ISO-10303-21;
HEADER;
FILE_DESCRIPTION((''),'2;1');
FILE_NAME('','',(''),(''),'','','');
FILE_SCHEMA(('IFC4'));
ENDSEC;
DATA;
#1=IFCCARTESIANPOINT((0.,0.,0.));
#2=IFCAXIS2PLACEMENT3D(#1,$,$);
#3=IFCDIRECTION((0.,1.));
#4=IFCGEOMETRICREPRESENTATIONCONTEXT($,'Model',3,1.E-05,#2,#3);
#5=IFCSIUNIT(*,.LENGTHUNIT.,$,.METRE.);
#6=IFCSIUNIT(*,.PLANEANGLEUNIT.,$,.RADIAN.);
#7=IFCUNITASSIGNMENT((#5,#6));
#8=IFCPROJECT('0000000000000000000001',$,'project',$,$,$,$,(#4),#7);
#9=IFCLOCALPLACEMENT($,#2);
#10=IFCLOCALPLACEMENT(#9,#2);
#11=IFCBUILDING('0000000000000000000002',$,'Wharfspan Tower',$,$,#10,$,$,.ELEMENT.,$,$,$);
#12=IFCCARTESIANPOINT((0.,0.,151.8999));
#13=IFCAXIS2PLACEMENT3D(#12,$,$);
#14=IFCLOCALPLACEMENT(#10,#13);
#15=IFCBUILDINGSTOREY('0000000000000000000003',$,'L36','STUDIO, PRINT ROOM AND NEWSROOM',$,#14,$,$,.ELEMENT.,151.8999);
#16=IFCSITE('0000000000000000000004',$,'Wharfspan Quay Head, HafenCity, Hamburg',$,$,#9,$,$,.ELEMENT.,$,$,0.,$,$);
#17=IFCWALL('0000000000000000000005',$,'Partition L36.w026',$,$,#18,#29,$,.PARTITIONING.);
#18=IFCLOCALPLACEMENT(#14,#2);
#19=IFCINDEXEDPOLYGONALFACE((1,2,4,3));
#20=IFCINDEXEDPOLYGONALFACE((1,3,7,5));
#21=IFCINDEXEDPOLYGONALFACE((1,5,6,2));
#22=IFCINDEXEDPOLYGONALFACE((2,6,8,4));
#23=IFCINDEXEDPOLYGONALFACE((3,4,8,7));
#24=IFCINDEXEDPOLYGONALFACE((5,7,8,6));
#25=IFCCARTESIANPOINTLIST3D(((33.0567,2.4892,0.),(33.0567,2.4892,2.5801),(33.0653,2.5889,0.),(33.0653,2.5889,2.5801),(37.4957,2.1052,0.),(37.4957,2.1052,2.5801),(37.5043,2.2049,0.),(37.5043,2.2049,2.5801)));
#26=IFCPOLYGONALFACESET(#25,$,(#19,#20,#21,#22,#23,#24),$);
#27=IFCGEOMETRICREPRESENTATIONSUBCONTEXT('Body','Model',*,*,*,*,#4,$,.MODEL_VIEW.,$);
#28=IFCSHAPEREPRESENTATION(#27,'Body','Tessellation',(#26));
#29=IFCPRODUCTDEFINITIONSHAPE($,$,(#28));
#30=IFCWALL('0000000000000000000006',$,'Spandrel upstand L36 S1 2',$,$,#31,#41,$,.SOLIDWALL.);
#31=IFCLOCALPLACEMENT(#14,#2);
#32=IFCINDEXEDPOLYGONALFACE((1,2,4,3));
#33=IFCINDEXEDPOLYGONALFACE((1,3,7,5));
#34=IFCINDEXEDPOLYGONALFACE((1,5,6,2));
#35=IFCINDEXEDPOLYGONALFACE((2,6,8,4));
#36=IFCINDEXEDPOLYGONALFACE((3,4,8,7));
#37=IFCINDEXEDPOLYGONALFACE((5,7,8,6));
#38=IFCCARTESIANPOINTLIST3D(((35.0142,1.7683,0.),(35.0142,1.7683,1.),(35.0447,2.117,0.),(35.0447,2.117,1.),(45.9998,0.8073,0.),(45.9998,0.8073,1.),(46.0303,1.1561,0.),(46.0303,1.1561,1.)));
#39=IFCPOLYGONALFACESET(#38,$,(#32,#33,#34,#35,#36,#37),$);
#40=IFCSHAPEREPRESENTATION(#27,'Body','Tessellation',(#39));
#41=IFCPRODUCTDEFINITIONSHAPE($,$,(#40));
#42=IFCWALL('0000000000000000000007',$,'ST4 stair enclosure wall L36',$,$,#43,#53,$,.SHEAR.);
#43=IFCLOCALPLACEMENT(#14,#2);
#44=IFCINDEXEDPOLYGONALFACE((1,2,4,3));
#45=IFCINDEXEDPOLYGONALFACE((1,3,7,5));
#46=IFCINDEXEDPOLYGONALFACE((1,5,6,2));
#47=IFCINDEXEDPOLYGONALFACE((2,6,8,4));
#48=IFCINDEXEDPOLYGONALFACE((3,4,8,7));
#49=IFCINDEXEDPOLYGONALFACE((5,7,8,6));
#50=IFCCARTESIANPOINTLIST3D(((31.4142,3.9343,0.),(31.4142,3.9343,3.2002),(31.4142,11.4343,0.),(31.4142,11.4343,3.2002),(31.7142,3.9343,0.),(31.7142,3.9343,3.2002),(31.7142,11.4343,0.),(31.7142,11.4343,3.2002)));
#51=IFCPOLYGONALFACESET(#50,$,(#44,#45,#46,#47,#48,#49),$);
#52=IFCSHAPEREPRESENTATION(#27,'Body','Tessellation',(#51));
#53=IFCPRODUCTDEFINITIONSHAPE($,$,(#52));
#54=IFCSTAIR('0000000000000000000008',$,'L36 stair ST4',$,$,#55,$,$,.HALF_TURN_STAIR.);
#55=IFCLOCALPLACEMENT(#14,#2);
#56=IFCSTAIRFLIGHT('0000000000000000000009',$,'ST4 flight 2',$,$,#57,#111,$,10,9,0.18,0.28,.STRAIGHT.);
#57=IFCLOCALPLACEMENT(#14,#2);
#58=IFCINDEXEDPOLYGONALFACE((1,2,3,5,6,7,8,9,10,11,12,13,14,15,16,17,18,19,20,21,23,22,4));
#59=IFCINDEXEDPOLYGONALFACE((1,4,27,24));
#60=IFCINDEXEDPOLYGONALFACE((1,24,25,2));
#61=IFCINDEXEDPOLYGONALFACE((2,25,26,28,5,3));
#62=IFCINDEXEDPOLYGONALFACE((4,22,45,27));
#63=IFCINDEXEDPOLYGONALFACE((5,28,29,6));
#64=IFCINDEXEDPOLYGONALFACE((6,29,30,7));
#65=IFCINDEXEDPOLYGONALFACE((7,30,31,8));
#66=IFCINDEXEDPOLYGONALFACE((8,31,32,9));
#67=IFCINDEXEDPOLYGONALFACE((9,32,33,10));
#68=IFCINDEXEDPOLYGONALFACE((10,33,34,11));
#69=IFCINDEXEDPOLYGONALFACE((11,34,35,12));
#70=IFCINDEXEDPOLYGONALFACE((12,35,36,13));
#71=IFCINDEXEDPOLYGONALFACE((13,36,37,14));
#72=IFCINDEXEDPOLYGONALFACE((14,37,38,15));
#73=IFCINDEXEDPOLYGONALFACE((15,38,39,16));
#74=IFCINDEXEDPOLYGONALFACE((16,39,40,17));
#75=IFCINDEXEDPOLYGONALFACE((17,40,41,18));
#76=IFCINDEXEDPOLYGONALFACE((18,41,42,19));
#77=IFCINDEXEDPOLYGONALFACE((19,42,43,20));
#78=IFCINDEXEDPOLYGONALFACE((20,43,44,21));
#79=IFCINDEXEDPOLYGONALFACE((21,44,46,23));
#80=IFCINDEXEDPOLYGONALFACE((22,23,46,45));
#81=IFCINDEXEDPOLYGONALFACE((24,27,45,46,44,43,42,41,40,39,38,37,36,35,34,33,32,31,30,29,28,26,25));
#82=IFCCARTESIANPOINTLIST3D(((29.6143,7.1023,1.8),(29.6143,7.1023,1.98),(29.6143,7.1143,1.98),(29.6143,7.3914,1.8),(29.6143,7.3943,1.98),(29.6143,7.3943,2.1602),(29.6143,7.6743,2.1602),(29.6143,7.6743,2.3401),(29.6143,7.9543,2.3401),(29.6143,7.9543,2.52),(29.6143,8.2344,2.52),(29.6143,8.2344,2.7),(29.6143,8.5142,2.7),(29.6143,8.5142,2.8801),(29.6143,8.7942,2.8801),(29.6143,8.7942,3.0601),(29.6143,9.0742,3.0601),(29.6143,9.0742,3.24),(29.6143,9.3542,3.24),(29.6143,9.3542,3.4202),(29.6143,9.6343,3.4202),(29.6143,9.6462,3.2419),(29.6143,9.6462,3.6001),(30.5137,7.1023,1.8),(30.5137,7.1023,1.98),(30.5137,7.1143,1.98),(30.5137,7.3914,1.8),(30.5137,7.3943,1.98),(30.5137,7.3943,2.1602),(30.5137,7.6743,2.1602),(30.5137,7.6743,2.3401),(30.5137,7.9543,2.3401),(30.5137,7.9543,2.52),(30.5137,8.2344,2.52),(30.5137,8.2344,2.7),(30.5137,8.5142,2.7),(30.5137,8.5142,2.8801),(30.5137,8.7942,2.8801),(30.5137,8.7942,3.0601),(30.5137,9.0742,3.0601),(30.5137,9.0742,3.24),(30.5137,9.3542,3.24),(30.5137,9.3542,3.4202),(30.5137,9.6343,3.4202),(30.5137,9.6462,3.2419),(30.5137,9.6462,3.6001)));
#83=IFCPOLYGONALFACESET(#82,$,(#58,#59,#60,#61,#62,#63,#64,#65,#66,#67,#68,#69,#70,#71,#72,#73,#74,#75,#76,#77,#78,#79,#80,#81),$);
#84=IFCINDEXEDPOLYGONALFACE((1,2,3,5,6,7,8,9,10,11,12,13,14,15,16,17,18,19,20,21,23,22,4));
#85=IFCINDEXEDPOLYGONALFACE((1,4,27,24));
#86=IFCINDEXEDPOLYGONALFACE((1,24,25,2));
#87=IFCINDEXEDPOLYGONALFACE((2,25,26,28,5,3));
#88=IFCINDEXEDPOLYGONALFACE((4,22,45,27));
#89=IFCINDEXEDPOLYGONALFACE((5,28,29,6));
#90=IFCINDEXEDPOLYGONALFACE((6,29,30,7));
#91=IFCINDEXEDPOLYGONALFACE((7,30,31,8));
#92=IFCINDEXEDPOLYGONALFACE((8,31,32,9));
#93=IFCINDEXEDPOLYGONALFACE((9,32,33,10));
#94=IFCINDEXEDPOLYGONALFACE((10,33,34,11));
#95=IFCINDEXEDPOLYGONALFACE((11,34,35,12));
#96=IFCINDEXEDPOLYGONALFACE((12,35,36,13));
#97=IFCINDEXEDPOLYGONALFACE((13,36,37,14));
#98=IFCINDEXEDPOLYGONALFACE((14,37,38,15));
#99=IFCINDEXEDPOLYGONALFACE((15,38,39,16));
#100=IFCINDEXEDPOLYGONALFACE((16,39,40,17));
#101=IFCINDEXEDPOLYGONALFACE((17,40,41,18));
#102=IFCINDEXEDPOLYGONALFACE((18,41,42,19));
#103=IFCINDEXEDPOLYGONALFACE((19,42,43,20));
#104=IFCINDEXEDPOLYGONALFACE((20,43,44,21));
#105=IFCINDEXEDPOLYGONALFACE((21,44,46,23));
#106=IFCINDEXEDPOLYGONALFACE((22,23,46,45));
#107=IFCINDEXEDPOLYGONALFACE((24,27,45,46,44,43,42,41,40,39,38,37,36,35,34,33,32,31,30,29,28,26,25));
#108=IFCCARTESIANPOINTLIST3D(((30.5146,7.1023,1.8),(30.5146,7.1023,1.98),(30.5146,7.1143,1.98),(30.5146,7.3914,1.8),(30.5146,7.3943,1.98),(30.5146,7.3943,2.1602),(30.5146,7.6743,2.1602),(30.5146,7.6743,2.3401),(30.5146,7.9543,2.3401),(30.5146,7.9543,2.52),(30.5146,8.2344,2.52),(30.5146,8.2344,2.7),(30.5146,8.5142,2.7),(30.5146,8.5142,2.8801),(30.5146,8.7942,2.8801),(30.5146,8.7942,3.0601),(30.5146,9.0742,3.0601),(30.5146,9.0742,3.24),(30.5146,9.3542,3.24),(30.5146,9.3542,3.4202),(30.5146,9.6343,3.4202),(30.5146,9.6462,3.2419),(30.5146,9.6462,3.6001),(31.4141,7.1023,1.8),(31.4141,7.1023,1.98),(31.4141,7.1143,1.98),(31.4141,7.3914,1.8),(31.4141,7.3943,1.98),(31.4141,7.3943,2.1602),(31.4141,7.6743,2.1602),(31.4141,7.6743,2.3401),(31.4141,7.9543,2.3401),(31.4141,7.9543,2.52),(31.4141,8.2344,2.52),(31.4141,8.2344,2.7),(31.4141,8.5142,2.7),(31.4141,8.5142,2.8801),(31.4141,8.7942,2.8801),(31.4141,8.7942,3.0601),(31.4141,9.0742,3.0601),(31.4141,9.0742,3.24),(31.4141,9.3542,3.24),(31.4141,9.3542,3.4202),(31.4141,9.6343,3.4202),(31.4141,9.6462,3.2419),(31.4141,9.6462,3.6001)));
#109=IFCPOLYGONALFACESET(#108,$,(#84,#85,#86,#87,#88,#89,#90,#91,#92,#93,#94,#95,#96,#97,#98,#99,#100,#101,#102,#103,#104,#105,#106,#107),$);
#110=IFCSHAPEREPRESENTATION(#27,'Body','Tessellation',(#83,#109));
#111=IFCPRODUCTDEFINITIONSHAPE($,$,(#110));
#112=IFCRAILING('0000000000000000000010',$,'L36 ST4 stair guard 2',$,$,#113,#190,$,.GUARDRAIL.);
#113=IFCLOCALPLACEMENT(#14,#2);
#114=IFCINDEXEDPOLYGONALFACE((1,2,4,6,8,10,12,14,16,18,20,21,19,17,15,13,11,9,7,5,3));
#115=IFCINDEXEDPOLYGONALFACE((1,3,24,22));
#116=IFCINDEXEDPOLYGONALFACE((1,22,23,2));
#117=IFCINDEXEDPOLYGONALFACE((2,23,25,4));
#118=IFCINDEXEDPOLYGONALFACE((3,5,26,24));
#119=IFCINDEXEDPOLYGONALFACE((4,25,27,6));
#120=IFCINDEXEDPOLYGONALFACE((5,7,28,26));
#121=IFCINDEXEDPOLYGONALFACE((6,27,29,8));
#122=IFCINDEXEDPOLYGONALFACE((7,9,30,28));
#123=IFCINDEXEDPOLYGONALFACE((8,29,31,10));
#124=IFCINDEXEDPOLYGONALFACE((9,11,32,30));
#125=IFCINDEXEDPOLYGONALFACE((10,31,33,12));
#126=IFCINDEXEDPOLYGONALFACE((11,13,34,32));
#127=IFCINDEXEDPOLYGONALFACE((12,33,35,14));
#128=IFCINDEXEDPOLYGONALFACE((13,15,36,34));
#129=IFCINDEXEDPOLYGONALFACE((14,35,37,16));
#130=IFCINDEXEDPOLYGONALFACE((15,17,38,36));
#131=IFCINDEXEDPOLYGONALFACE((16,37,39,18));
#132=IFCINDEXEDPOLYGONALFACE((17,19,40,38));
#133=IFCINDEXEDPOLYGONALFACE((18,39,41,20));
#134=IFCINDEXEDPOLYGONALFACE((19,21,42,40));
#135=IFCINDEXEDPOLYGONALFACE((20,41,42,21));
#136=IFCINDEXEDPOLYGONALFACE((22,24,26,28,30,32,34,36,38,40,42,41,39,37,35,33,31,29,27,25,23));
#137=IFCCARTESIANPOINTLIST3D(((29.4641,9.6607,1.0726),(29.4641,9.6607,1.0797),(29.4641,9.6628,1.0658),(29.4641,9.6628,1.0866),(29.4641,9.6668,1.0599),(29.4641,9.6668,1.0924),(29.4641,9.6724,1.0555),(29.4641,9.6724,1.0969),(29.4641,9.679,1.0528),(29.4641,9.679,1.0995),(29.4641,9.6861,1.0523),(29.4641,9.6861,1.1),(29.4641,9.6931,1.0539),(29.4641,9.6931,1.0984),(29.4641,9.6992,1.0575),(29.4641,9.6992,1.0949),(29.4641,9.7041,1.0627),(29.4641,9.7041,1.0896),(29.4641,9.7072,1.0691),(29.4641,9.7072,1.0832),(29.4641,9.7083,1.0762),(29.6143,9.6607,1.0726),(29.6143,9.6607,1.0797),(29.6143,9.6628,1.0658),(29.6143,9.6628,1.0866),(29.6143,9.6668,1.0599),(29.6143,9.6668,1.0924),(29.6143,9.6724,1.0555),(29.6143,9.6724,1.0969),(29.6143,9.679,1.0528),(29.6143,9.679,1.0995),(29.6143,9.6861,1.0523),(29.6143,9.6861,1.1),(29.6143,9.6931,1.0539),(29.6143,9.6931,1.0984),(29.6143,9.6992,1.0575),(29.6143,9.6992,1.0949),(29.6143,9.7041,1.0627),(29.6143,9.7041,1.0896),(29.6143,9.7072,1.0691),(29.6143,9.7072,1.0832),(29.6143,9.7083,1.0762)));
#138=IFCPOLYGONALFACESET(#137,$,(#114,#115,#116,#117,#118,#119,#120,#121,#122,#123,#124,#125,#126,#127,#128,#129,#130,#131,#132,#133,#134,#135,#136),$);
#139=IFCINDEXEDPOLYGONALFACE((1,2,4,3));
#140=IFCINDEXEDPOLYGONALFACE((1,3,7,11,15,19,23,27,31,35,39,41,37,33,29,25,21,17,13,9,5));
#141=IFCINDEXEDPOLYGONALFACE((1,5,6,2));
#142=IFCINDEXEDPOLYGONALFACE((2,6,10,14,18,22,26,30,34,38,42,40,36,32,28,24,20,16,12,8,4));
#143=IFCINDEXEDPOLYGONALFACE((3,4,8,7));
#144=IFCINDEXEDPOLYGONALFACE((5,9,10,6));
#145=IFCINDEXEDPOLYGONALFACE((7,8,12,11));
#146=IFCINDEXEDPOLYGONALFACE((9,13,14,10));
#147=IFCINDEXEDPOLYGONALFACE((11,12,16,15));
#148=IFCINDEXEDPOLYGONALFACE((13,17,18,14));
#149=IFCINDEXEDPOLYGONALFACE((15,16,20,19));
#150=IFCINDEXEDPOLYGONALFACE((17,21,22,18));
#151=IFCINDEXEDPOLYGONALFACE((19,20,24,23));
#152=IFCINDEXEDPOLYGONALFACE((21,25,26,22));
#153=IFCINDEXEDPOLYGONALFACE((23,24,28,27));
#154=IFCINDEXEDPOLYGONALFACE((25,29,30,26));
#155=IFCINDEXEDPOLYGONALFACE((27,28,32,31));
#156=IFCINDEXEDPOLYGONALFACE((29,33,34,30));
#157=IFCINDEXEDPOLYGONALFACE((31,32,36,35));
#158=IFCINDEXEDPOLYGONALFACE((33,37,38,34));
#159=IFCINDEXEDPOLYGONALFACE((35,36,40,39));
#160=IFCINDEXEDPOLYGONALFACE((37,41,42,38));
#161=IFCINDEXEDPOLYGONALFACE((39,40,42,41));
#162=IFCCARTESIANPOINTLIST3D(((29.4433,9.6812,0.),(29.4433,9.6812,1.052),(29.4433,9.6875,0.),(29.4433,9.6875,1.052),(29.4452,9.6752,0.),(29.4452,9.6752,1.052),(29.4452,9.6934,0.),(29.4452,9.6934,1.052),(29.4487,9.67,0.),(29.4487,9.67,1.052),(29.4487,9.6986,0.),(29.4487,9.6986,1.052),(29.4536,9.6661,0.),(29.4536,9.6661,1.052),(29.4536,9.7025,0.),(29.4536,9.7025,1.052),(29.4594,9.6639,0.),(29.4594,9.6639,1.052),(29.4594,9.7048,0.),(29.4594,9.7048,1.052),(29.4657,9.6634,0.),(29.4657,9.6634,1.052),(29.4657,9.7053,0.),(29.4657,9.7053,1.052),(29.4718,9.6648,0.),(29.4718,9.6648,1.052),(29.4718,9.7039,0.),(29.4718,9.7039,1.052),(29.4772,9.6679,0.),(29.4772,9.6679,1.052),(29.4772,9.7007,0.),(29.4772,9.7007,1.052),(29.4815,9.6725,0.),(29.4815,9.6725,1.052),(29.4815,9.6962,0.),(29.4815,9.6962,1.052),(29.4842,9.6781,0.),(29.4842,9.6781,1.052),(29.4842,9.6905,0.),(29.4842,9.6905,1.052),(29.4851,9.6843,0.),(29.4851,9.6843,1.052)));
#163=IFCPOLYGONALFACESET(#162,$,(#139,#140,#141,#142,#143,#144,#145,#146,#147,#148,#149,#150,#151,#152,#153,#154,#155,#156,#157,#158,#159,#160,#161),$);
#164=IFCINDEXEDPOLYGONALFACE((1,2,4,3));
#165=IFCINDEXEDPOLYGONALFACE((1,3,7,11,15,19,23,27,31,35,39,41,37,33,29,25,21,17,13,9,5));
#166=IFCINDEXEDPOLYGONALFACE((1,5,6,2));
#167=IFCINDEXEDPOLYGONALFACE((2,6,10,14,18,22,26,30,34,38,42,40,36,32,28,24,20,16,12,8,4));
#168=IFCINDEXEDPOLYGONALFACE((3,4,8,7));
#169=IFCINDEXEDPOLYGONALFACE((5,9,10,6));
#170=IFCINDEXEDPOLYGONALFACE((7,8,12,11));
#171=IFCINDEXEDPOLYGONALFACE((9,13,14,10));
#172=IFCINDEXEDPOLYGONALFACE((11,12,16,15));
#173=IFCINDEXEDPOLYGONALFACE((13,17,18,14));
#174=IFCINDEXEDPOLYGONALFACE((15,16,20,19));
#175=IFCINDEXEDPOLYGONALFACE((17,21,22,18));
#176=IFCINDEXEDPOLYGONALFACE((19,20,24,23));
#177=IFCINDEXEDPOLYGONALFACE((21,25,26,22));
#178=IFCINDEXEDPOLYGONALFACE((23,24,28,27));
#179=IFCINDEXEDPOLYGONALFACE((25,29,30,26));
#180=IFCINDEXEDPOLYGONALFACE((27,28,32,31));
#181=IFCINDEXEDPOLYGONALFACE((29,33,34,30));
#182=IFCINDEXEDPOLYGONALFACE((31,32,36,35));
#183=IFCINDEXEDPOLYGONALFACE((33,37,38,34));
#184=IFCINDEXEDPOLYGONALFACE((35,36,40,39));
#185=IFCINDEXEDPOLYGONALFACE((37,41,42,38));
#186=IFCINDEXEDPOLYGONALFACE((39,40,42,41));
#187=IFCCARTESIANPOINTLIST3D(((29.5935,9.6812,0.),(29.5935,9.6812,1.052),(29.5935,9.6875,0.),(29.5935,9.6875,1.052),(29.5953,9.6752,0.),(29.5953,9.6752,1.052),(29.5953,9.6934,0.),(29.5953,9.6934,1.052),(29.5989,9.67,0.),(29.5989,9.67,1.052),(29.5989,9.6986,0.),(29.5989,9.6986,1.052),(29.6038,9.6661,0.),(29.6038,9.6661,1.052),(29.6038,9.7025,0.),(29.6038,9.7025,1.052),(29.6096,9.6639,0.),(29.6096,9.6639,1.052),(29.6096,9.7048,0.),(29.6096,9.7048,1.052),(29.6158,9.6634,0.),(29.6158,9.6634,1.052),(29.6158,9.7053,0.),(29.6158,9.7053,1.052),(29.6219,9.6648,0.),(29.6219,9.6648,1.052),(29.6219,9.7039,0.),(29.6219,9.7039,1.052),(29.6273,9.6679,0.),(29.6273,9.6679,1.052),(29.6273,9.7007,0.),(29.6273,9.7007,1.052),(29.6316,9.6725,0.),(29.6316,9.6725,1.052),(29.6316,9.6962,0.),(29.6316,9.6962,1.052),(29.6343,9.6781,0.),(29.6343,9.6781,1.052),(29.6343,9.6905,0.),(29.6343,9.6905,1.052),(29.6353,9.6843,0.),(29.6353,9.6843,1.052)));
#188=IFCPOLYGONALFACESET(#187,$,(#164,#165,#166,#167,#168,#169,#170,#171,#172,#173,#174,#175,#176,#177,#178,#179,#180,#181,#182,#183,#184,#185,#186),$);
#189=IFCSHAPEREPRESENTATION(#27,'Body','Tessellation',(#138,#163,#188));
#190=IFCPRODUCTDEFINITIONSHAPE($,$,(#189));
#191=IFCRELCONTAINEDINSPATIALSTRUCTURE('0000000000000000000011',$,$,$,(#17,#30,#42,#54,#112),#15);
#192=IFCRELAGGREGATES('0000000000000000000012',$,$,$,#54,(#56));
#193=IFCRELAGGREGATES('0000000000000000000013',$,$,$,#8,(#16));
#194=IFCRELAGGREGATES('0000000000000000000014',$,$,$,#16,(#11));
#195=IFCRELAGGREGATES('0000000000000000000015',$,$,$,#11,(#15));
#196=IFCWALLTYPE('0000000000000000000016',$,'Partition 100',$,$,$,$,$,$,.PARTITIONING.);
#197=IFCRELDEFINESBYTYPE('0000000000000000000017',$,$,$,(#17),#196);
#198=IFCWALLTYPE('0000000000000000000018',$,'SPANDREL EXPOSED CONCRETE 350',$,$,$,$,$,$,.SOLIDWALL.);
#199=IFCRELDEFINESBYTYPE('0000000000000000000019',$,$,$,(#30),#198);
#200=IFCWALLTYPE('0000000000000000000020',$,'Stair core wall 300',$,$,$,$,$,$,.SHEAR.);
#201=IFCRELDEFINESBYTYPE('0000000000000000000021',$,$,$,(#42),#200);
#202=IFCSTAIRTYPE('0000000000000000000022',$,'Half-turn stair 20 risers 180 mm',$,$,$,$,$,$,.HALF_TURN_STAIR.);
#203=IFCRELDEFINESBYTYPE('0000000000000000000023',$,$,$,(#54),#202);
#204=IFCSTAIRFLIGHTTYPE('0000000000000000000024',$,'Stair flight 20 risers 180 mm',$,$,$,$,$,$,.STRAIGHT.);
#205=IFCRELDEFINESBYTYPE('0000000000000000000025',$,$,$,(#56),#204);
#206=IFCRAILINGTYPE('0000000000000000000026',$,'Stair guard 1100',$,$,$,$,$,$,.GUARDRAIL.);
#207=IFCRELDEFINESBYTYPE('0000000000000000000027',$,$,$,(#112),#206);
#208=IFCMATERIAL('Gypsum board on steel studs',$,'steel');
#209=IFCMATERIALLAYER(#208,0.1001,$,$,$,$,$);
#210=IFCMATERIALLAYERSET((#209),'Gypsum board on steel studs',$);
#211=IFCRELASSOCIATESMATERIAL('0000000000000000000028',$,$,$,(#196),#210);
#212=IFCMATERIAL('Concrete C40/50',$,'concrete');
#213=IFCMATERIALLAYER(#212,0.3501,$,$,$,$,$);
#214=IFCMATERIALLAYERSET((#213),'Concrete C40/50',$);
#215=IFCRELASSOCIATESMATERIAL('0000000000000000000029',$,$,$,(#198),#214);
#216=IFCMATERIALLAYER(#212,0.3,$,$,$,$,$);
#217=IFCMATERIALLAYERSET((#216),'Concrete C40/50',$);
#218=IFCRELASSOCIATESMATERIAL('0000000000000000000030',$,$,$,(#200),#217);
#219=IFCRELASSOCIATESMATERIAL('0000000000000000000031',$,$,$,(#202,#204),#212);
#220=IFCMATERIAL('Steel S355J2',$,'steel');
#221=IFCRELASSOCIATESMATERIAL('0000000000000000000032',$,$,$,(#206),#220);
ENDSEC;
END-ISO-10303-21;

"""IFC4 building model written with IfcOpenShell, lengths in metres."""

from ifc_helpers import new_model, si_unit, direction, frame, frame_2d, origin, origin_2d, place, context, subcontext, project, spatial, polyline, rectangle, circle, outline, extrude, material, layer, layer_set, type_object, element, aggregate, save


model = new_model("IFC4")

# Units and contexts
model_context = context("Model", 3, precision=1e-05, world=origin(), true_north=direction((0.0, 1.0)))
body_context = subcontext(model_context, "Body", "Model", "MODEL_VIEW")
ifc_project = project(units=[si_unit("LENGTHUNIT", "METRE"), si_unit("PLANEANGLEUNIT", "RADIAN")], contexts=[model_context])

# Site, building, storey
site_placement = place(None, origin())
site = spatial("IfcSite", under=ifc_project, at=site_placement, Name="Wharfspan Quay Head, HafenCity, Hamburg", CompositionType="ELEMENT", RefElevation=0.0)
building_placement = place(site_placement, origin())
building = spatial("IfcBuilding", under=site, at=building_placement, Name="Wharfspan Tower", CompositionType="ELEMENT")
storey_placement = place(building_placement, frame((0.0, 0.0, 151.8999)))
storey = spatial("IfcBuildingStorey", under=building, at=storey_placement, Name="L36", Description="STUDIO, PRINT ROOM AND NEWSROOM", CompositionType="ELEMENT", Elevation=151.8999)

# Shared definitions
ifc_material_1 = material(Name="Steel S355J2", Category="steel")

# Shared definitions
ifc_material_2 = material(Name="Gypsum board on steel studs", Category="steel")

# Walls
ifc_layer_1 = layer(ifc_material_2, 0.1001)
ifc_layer_set_1 = layer_set([ifc_layer_1], Name="Gypsum board on steel studs")
wall_type_1 = type_object("IfcWallType", Name="Partition 100", PredefinedType="PARTITIONING", material=ifc_layer_set_1)
wall_1_placement = place(storey_placement, frame((37.5, 2.155, 0.0), z_axis=(0.0, 0.0, 1.0), x_axis=(-0.996277, 0.086192, 0.0)))
element("IfcWall", 1, at=wall_1_placement, inside=storey, type_object=wall_type_1, Name="Partition L36.w026", PredefinedType="PARTITIONING", context=body_context, shape_type="SweptSolid", body=[
    extrude(rectangle(XDim=4.4556, YDim=0.1001, at=frame_2d((2.2278, 0.0))), origin(), (0.0, 0.0, 1.0), 2.5801),
])
ifc_material_3 = material(Name="Concrete C40/50", Category="concrete")
ifc_layer_2 = layer(ifc_material_3, 0.3501)
ifc_layer_set_2 = layer_set([ifc_layer_2], Name="Concrete C40/50")
wall_type_2 = type_object("IfcWallType", Name="SPANDREL EXPOSED CONCRETE 350", PredefinedType="SOLIDWALL", material=ifc_layer_set_2)
wall_2_placement = place(storey_placement, frame((35.0295, 1.9426, 0.0), z_axis=(0.0, 0.0, 1.0), x_axis=(0.996199, -0.08714, 0.0)))
element("IfcWall", 2, at=wall_2_placement, inside=storey, type_object=wall_type_2, Name="Spandrel upstand L36 S1 2", PredefinedType="SOLIDWALL", context=body_context, shape_type="SweptSolid", body=[
    extrude(rectangle(XDim=11.0276, YDim=0.3501, at=frame_2d((5.5137, 0.0))), origin(), (0.0, 0.0, 1.0), 1.0),
])
ifc_layer_3 = layer(ifc_material_3, 0.3)
ifc_layer_set_3 = layer_set([ifc_layer_3], Name="Concrete C40/50")
wall_type_3 = type_object("IfcWallType", Name="Stair core wall 300", PredefinedType="SHEAR", material=ifc_layer_set_3)
wall_3_placement = place(storey_placement, frame((31.5642, 3.9343, 0.0), z_axis=(0.0, 0.0, 1.0), x_axis=(0.0, 1.0, 0.0)))
element("IfcWall", 3, at=wall_3_placement, inside=storey, type_object=wall_type_3, Name="ST4 stair enclosure wall L36", PredefinedType="SHEAR", context=body_context, shape_type="SweptSolid", body=[
    extrude(rectangle(XDim=7.5, YDim=0.3, at=frame_2d((3.75, 0.0))), origin(), (0.0, 0.0, 1.0), 3.2002),
])

# Stair, stair flight
stair_type = type_object("IfcStairType", Name="Half-turn stair 20 risers 180 mm", PredefinedType="HALF_TURN_STAIR", material=ifc_material_3)
stair_placement = place(storey_placement, origin())
stair = element("IfcStair", 4, at=stair_placement, inside=storey, type_object=stair_type, Name="L36 stair ST4", PredefinedType="HALF_TURN_STAIR")
stair_flight_type = type_object("IfcStairFlightType", Name="Stair flight 20 risers 180 mm", PredefinedType="STRAIGHT", material=ifc_material_3)
stair_flight_placement = place(storey_placement, frame((30.5142, 7.1143, 1.8), z_axis=(0.0, 0.0, 1.0), x_axis=(0.0, 1.0, 0.0)))
stair_flight = element("IfcStairFlight", 5, at=stair_flight_placement, type_object=stair_flight_type, Name="ST4 flight 2", NumberOfRisers=10, NumberOfTreads=9, PredefinedType="STRAIGHT", RiserHeight=0.18, TreadLength=0.28, context=body_context, shape_type="SweptSolid", body=[
    extrude(outline(polyline([(-0.012, 0.0), (-0.012, 0.1799), (0.0, 0.1799), (0.28, 0.1799), (0.28, 0.3601), (0.5601, 0.3601), (0.5601, 0.54), (0.8401, 0.54), (0.8401, 0.72), (1.1201, 0.72), (1.1201, 0.8999), (1.3999, 0.8999), (1.3999, 1.0801), (1.6799, 1.0801), (1.6799, 1.26), (1.96, 1.26), (1.96, 1.4399), (2.24, 1.4399), (2.24, 1.6201), (2.52, 1.6201), (2.532, 1.8), (2.532, 1.4419), (0.2771, 0.0), (-0.012, 0.0)])), frame((0.0, 0.8999, 0.0), z_axis=(0.0, -1.0, 0.0), x_axis=(1.0, 0.0, 0.0)), (0.0, 0.0, 1.0), 0.8994),
    extrude(outline(polyline([(-0.012, 0.0), (-0.012, 0.1799), (0.0, 0.1799), (0.28, 0.1799), (0.28, 0.3601), (0.5601, 0.3601), (0.5601, 0.54), (0.8401, 0.54), (0.8401, 0.72), (1.1201, 0.72), (1.1201, 0.8999), (1.3999, 0.8999), (1.3999, 1.0801), (1.6799, 1.0801), (1.6799, 1.26), (1.96, 1.26), (1.96, 1.4399), (2.24, 1.4399), (2.24, 1.6201), (2.52, 1.6201), (2.532, 1.8), (2.532, 1.4419), (0.2771, 0.0), (-0.012, 0.0)])), frame((0.0, -0.0005, 0.0), z_axis=(0.0, -1.0, 0.0), x_axis=(1.0, 0.0, 0.0)), (0.0, 0.0, 1.0), 0.8994),
])
aggregate(stair, [stair_flight])

# Railing
railing_type_1 = type_object("IfcRailingType", Name="Stair guard 1100", PredefinedType="GUARDRAIL", material=ifc_material_1)
railing_1_placement = place(storey_placement, frame((29.4641, 9.6843, 0.0)))
element("IfcRailing", 6, at=railing_1_placement, inside=storey, type_object=railing_type_1, Name="L36 ST4 stair guard 2", PredefinedType="GUARDRAIL", context=body_context, shape_type="SweptSolid", body=[
    extrude(circle(Radius=0.0239, at=origin_2d()), frame((0.0, 0.0, 1.0762), z_axis=(1.0, 0.0, 0.0), x_axis=(0.0, 1.0, 0.0)), (0.0, 0.0, 1.0), 0.1501),
    extrude(circle(Radius=0.021, at=origin_2d()), origin(), (0.0, 0.0, 1.0), 1.052),
    extrude(circle(Radius=0.021, at=origin_2d()), frame((0.1501, 0.0, 0.0)), (0.0, 0.0, 1.0), 1.052),
])

save(model, "model.ifc")
